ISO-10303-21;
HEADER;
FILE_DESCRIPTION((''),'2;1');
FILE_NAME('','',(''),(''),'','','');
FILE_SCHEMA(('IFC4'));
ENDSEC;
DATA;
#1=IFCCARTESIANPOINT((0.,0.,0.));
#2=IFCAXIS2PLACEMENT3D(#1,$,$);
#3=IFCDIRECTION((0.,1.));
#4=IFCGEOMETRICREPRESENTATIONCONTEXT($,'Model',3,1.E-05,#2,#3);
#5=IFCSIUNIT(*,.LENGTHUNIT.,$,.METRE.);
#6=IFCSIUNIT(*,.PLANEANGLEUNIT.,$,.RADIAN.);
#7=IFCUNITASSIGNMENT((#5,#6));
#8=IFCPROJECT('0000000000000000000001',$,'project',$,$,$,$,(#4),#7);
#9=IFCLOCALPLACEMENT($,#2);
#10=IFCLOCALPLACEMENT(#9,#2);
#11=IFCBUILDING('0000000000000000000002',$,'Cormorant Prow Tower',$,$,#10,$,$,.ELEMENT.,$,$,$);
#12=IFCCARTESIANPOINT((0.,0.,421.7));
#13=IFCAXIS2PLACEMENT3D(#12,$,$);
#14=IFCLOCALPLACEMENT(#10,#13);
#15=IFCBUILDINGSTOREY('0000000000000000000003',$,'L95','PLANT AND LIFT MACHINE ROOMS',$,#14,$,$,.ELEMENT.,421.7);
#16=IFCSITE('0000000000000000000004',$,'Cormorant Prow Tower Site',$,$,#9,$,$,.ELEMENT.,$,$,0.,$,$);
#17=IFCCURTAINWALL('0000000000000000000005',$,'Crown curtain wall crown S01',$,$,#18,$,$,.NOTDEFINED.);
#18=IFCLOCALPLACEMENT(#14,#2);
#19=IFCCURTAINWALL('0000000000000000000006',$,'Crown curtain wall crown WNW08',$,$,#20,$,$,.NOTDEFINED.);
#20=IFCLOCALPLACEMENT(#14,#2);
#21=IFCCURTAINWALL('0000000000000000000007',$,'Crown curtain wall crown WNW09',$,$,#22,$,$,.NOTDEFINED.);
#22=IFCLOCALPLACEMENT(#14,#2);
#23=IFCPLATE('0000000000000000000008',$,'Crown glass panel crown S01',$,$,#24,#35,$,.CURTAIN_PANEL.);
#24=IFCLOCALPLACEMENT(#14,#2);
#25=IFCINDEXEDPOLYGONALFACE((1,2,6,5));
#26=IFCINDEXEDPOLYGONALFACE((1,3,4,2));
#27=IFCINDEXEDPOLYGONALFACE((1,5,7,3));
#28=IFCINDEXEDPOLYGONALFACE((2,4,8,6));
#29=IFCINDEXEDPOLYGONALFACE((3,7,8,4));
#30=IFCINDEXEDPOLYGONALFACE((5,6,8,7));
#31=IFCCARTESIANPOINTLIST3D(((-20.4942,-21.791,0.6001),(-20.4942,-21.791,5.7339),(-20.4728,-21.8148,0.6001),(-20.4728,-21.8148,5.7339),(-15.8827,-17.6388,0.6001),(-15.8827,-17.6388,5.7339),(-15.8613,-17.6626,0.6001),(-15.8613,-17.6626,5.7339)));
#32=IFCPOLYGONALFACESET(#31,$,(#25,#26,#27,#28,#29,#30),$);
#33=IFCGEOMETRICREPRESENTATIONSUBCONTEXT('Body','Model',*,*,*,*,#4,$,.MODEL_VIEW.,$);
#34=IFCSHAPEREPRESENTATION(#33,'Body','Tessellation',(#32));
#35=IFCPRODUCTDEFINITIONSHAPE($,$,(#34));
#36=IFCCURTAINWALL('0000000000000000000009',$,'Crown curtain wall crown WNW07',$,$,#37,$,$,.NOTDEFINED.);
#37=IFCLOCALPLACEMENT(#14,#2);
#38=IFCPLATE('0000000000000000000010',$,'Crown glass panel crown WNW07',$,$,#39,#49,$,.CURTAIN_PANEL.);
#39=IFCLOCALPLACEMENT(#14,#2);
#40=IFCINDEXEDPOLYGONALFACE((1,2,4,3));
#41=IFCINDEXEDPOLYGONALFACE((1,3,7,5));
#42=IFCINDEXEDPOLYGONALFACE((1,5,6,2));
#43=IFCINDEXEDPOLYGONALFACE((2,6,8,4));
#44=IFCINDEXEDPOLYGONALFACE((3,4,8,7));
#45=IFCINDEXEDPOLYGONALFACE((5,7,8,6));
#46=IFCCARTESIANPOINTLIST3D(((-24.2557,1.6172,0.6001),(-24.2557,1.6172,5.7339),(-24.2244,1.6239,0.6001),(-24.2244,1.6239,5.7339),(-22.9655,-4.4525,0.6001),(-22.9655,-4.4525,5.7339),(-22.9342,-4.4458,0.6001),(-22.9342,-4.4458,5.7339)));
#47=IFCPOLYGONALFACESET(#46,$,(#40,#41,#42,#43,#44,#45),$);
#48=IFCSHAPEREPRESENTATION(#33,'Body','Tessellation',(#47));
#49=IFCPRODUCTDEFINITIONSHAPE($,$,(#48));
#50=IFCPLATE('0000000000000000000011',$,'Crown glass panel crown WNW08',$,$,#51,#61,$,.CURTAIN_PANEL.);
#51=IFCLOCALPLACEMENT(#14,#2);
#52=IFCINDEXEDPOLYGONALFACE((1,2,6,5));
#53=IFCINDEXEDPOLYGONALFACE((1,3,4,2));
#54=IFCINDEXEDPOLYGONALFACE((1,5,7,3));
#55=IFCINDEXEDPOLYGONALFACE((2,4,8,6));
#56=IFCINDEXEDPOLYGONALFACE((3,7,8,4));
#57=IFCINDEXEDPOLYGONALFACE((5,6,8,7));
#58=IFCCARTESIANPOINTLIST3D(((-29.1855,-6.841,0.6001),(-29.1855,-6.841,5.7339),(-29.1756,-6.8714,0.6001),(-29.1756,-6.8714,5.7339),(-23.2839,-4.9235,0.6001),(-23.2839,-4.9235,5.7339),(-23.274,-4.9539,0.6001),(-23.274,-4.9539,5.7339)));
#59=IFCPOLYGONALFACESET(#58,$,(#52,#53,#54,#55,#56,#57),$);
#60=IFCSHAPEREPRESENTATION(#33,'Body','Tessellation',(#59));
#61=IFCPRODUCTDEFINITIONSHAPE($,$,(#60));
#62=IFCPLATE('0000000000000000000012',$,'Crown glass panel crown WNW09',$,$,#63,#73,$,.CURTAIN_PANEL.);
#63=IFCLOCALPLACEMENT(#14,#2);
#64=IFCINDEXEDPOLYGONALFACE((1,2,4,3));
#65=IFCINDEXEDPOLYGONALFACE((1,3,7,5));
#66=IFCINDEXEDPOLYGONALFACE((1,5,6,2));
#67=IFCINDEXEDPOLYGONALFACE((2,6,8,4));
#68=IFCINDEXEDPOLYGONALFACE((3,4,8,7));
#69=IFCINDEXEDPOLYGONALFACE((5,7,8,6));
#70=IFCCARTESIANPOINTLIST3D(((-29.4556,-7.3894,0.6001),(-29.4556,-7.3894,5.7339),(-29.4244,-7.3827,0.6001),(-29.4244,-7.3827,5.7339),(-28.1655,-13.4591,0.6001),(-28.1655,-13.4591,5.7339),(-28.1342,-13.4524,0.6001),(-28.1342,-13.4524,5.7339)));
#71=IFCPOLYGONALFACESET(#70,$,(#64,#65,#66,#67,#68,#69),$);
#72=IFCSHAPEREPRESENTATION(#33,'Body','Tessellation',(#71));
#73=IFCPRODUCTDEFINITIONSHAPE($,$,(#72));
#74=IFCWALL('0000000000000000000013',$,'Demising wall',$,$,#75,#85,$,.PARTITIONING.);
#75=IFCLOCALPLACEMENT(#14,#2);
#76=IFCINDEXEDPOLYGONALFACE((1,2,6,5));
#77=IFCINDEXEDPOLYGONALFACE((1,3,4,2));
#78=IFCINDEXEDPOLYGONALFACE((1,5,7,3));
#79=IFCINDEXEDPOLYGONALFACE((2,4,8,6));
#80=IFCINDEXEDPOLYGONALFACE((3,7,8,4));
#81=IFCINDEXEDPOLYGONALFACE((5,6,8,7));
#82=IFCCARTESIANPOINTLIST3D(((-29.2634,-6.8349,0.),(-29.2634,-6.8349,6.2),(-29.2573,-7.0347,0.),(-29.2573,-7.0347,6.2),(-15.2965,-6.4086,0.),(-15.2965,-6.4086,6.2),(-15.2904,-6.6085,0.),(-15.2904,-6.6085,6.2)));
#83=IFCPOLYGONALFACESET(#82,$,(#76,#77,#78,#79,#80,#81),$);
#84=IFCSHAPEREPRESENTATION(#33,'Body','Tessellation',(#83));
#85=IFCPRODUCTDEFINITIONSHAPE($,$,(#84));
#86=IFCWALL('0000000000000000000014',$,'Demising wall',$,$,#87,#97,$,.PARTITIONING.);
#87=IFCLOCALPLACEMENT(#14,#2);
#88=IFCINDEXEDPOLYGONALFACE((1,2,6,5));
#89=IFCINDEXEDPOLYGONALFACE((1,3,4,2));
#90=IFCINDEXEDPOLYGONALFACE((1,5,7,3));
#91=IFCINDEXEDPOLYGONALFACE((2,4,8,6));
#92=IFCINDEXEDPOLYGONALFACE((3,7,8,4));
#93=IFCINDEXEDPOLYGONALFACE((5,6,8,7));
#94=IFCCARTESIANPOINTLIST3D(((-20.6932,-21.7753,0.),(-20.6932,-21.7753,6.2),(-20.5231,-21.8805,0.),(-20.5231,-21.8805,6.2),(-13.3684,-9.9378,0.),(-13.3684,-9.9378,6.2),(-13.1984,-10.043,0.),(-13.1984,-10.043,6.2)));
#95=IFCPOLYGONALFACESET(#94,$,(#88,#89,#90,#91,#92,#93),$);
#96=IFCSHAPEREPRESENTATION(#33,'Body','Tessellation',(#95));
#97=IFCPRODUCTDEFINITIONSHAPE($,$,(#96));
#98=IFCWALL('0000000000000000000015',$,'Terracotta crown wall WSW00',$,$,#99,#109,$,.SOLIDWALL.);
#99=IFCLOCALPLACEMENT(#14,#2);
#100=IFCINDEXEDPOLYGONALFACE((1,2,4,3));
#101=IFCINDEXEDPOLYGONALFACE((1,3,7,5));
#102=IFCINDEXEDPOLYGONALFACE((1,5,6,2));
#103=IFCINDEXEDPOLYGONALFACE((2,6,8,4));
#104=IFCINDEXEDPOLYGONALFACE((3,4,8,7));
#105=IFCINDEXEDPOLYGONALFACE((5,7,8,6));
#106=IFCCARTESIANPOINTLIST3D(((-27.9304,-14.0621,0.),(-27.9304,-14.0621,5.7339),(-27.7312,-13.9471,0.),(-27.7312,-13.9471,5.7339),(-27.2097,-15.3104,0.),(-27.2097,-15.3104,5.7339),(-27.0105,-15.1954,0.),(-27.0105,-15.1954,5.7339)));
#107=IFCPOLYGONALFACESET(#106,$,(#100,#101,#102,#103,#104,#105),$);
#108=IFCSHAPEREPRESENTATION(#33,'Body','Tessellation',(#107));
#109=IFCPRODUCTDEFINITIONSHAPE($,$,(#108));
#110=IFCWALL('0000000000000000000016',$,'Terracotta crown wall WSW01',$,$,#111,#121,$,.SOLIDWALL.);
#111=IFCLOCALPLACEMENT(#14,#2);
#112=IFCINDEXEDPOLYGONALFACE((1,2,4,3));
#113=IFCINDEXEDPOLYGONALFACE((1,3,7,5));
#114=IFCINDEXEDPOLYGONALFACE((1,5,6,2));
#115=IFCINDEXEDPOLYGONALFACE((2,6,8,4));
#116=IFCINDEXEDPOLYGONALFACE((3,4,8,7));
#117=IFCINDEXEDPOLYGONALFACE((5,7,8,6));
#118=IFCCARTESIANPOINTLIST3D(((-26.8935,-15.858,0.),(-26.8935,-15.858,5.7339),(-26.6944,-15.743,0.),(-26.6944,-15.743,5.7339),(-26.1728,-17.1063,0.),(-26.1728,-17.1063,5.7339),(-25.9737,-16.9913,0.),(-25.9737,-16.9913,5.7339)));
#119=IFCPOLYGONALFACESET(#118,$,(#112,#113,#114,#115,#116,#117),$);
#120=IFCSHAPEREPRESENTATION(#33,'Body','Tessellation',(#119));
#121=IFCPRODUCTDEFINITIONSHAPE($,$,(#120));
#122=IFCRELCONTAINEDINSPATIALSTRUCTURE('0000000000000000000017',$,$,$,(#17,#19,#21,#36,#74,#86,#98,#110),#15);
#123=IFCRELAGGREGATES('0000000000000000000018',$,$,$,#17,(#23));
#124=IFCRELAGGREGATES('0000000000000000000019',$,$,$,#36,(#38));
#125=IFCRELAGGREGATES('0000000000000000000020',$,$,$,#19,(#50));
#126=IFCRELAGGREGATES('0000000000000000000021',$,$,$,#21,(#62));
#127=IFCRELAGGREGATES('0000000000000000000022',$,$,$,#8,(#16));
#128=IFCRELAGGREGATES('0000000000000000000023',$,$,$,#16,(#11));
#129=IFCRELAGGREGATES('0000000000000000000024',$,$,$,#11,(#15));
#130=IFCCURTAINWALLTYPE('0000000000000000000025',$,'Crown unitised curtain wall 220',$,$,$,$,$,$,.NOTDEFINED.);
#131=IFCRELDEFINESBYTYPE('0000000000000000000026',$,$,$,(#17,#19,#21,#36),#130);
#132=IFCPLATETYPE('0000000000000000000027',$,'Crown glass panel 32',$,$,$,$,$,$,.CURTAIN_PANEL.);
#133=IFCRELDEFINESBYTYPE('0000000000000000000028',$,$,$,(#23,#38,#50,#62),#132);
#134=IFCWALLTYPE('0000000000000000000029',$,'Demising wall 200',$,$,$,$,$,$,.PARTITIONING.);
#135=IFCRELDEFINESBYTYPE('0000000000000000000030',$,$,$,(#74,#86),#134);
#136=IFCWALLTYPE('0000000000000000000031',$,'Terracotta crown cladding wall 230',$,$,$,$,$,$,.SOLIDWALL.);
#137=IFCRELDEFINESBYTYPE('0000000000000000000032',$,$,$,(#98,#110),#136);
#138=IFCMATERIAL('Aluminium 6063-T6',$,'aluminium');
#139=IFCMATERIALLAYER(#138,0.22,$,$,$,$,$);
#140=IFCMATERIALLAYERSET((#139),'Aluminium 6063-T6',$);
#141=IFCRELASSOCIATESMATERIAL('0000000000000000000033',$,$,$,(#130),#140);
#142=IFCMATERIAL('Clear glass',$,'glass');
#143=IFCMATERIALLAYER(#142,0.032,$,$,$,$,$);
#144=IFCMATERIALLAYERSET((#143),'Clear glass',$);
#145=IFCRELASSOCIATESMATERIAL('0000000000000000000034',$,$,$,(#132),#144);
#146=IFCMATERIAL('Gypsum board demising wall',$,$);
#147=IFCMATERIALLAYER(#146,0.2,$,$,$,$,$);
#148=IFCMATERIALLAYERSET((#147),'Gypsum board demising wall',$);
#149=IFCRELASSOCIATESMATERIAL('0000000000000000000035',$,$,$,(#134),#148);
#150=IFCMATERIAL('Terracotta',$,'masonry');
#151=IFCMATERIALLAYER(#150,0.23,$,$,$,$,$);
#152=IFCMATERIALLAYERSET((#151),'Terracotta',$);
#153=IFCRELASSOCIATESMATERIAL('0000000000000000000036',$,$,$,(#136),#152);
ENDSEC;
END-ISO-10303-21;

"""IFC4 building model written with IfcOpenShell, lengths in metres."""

from ifc_helpers import new_model, si_unit, direction, frame, frame_2d, origin, origin_2d, place, context, subcontext, project, spatial, rectangle, extrude, material, layer, layer_set, type_object, element, aggregate, save


model = new_model("IFC4")

# Units and contexts
model_context = context("Model", 3, precision=1e-05, world=origin(), true_north=direction((0.0, 1.0)))
body_context = subcontext(model_context, "Body", "Model", "MODEL_VIEW")
ifc_project = project(units=[si_unit("LENGTHUNIT", "METRE"), si_unit("PLANEANGLEUNIT", "RADIAN")], contexts=[model_context])

# Site, building, storey
site_placement = place(None, origin())
site = spatial("IfcSite", under=ifc_project, at=site_placement, Name="Cormorant Prow Tower Site", CompositionType="ELEMENT", RefElevation=0.0)
building_placement = place(site_placement, origin())
building = spatial("IfcBuilding", under=site, at=building_placement, Name="Cormorant Prow Tower", CompositionType="ELEMENT")
storey_placement = place(building_placement, frame((0.0, 0.0, 421.7)))
storey = spatial("IfcBuildingStorey", under=building, at=storey_placement, Name="L95", Description="PLANT AND LIFT MACHINE ROOMS", CompositionType="ELEMENT", Elevation=421.7)

# Curtain walls
ifc_material_1 = material(Name="Aluminium 6063-T6", Category="aluminium")
ifc_layer_1 = layer(ifc_material_1, 0.22)
ifc_layer_set_1 = layer_set([ifc_layer_1], Name="Aluminium 6063-T6")
curtain_wall_type = type_object("IfcCurtainWallType", Name="Crown unitised curtain wall 220", PredefinedType="NOTDEFINED", material=ifc_layer_set_1)
curtain_wall_1_placement = place(storey_placement, origin())
curtain_wall_1 = element("IfcCurtainWall", 1, at=curtain_wall_1_placement, inside=storey, type_object=curtain_wall_type, Name="Crown curtain wall crown S01", PredefinedType="NOTDEFINED")
curtain_wall_2_placement = place(storey_placement, origin())
curtain_wall_2 = element("IfcCurtainWall", 2, at=curtain_wall_2_placement, inside=storey, type_object=curtain_wall_type, Name="Crown curtain wall crown WNW08", PredefinedType="NOTDEFINED")
curtain_wall_3_placement = place(storey_placement, origin())
curtain_wall_3 = element("IfcCurtainWall", 3, at=curtain_wall_3_placement, inside=storey, type_object=curtain_wall_type, Name="Crown curtain wall crown WNW09", PredefinedType="NOTDEFINED")

# Plate
ifc_material_2 = material(Name="Clear glass", Category="glass")
ifc_layer_2 = layer(ifc_material_2, 0.032)
ifc_layer_set_2 = layer_set([ifc_layer_2], Name="Clear glass")
plate_type = type_object("IfcPlateType", Name="Crown glass panel 32", PredefinedType="CURTAIN_PANEL", material=ifc_layer_set_2)
plate_1_placement = place(storey_placement, frame((-18.1777, -19.7268, 0.6001), z_axis=(0.0, 0.0, 1.0), x_axis=(0.743145, 0.669131, 0.0)))
plate_1 = element("IfcPlate", 4, at=plate_1_placement, type_object=plate_type, Name="Crown glass panel crown S01", PredefinedType="CURTAIN_PANEL", context=body_context, shape_type="SweptSolid", body=[
    extrude(rectangle(XDim=6.2053, YDim=0.032, at=origin_2d()), origin(), (0.0, 0.0, 1.0), 5.1338),
])
aggregate(curtain_wall_1, [plate_1])

# Curtain wall, plate
curtain_wall_4_placement = place(storey_placement, origin())
curtain_wall_4 = element("IfcCurtainWall", 5, at=curtain_wall_4_placement, inside=storey, type_object=curtain_wall_type, Name="Crown curtain wall crown WNW07", PredefinedType="NOTDEFINED")
plate_2_placement = place(storey_placement, frame((-23.595, -1.4143, 0.6001), z_axis=(0.0, 0.0, 1.0), x_axis=(0.207912, -0.978148, 0.0)))
plate_2 = element("IfcPlate", 6, at=plate_2_placement, type_object=plate_type, Name="Crown glass panel crown WNW07", PredefinedType="CURTAIN_PANEL", context=body_context, shape_type="SweptSolid", body=[
    extrude(rectangle(XDim=6.2053, YDim=0.032, at=origin_2d()), origin(), (0.0, 0.0, 1.0), 5.1338),
])
aggregate(curtain_wall_4, [plate_2])

# Plates
plate_3_placement = place(storey_placement, frame((-26.2297, -5.8975, 0.6001), z_axis=(0.0, 0.0, 1.0), x_axis=(-0.951057, -0.309017, 0.0)))
plate_3 = element("IfcPlate", 7, at=plate_3_placement, type_object=plate_type, Name="Crown glass panel crown WNW08", PredefinedType="CURTAIN_PANEL", context=body_context, shape_type="SweptSolid", body=[
    extrude(rectangle(XDim=6.2053, YDim=0.032, at=origin_2d()), origin(), (0.0, 0.0, 1.0), 5.1338),
])
aggregate(curtain_wall_2, [plate_3])
plate_4_placement = place(storey_placement, frame((-28.7949, -10.4209, 0.6001), z_axis=(0.0, 0.0, 1.0), x_axis=(0.207912, -0.978148, 0.0)))
plate_4 = element("IfcPlate", 8, at=plate_4_placement, type_object=plate_type, Name="Crown glass panel crown WNW09", PredefinedType="CURTAIN_PANEL", context=body_context, shape_type="SweptSolid", body=[
    extrude(rectangle(XDim=6.2053, YDim=0.032, at=origin_2d()), origin(), (0.0, 0.0, 1.0), 5.1338),
])
aggregate(curtain_wall_3, [plate_4])

# Walls
ifc_material_3 = material(Name="Gypsum board demising wall")
ifc_layer_3 = layer(ifc_material_3, 0.2)
ifc_layer_set_3 = layer_set([ifc_layer_3], Name="Gypsum board demising wall")
wall_type_1 = type_object("IfcWallType", Name="Demising wall 200", PredefinedType="PARTITIONING", material=ifc_layer_set_3)
wall_1_placement = place(storey_placement, frame((-29.2605, -6.9348, 0.0), z_axis=(0.0, 0.0, 1.0), x_axis=(0.999535, 0.030506, 0.0)))
element("IfcWall", 9, at=wall_1_placement, inside=storey, type_object=wall_type_1, Name="Demising wall", PredefinedType="PARTITIONING", context=body_context, shape_type="SweptSolid", body=[
    extrude(rectangle(XDim=13.9734, YDim=0.2, at=frame_2d((6.9868, 0.0))), origin(), (0.0, 0.0, 1.0), 6.2),
])
wall_2_placement = place(storey_placement, frame((-20.6082, -21.8279, 0.0), z_axis=(0.0, 0.0, 1.0), x_axis=(0.526188, 0.850368, 0.0)))
element("IfcWall", 10, at=wall_2_placement, inside=storey, type_object=wall_type_1, Name="Demising wall", PredefinedType="PARTITIONING", context=body_context, shape_type="SweptSolid", body=[
    extrude(rectangle(XDim=13.9204, YDim=0.2, at=frame_2d((6.9602, 0.0))), origin(), (0.0, 0.0, 1.0), 6.2),
])
ifc_material_4 = material(Name="Terracotta", Category="masonry")
ifc_layer_4 = layer(ifc_material_4, 0.23)
ifc_layer_set_4 = layer_set([ifc_layer_4], Name="Terracotta")
wall_type_2 = type_object("IfcWallType", Name="Terracotta crown cladding wall 230", PredefinedType="SOLIDWALL", material=ifc_layer_set_4)
for number, where, z_axis, x_axis, name in (
    (11, (-27.8308, -14.0046, 0.0), (0.0, 0.0, 1.0), (0.500001, -0.866025, 0.0), "Terracotta crown wall WSW00"),
    (12, (-26.7939, -15.8005, 0.0), (0.0, 0.0, 1.0), (0.500001, -0.866025, 0.0), "Terracotta crown wall WSW01"),
):
    element("IfcWall", number, at=place(storey_placement, frame(where, z_axis=z_axis, x_axis=x_axis)), inside=storey, type_object=wall_type_2, Name=name, PredefinedType="SOLIDWALL", context=body_context, shape_type="SweptSolid", body=[
        extrude(rectangle(XDim=1.4414, YDim=0.23, at=frame_2d((0.7207, 0.0))), origin(), (0.0, 0.0, 1.0), 5.7339),
    ])

save(model, "model.ifc")
